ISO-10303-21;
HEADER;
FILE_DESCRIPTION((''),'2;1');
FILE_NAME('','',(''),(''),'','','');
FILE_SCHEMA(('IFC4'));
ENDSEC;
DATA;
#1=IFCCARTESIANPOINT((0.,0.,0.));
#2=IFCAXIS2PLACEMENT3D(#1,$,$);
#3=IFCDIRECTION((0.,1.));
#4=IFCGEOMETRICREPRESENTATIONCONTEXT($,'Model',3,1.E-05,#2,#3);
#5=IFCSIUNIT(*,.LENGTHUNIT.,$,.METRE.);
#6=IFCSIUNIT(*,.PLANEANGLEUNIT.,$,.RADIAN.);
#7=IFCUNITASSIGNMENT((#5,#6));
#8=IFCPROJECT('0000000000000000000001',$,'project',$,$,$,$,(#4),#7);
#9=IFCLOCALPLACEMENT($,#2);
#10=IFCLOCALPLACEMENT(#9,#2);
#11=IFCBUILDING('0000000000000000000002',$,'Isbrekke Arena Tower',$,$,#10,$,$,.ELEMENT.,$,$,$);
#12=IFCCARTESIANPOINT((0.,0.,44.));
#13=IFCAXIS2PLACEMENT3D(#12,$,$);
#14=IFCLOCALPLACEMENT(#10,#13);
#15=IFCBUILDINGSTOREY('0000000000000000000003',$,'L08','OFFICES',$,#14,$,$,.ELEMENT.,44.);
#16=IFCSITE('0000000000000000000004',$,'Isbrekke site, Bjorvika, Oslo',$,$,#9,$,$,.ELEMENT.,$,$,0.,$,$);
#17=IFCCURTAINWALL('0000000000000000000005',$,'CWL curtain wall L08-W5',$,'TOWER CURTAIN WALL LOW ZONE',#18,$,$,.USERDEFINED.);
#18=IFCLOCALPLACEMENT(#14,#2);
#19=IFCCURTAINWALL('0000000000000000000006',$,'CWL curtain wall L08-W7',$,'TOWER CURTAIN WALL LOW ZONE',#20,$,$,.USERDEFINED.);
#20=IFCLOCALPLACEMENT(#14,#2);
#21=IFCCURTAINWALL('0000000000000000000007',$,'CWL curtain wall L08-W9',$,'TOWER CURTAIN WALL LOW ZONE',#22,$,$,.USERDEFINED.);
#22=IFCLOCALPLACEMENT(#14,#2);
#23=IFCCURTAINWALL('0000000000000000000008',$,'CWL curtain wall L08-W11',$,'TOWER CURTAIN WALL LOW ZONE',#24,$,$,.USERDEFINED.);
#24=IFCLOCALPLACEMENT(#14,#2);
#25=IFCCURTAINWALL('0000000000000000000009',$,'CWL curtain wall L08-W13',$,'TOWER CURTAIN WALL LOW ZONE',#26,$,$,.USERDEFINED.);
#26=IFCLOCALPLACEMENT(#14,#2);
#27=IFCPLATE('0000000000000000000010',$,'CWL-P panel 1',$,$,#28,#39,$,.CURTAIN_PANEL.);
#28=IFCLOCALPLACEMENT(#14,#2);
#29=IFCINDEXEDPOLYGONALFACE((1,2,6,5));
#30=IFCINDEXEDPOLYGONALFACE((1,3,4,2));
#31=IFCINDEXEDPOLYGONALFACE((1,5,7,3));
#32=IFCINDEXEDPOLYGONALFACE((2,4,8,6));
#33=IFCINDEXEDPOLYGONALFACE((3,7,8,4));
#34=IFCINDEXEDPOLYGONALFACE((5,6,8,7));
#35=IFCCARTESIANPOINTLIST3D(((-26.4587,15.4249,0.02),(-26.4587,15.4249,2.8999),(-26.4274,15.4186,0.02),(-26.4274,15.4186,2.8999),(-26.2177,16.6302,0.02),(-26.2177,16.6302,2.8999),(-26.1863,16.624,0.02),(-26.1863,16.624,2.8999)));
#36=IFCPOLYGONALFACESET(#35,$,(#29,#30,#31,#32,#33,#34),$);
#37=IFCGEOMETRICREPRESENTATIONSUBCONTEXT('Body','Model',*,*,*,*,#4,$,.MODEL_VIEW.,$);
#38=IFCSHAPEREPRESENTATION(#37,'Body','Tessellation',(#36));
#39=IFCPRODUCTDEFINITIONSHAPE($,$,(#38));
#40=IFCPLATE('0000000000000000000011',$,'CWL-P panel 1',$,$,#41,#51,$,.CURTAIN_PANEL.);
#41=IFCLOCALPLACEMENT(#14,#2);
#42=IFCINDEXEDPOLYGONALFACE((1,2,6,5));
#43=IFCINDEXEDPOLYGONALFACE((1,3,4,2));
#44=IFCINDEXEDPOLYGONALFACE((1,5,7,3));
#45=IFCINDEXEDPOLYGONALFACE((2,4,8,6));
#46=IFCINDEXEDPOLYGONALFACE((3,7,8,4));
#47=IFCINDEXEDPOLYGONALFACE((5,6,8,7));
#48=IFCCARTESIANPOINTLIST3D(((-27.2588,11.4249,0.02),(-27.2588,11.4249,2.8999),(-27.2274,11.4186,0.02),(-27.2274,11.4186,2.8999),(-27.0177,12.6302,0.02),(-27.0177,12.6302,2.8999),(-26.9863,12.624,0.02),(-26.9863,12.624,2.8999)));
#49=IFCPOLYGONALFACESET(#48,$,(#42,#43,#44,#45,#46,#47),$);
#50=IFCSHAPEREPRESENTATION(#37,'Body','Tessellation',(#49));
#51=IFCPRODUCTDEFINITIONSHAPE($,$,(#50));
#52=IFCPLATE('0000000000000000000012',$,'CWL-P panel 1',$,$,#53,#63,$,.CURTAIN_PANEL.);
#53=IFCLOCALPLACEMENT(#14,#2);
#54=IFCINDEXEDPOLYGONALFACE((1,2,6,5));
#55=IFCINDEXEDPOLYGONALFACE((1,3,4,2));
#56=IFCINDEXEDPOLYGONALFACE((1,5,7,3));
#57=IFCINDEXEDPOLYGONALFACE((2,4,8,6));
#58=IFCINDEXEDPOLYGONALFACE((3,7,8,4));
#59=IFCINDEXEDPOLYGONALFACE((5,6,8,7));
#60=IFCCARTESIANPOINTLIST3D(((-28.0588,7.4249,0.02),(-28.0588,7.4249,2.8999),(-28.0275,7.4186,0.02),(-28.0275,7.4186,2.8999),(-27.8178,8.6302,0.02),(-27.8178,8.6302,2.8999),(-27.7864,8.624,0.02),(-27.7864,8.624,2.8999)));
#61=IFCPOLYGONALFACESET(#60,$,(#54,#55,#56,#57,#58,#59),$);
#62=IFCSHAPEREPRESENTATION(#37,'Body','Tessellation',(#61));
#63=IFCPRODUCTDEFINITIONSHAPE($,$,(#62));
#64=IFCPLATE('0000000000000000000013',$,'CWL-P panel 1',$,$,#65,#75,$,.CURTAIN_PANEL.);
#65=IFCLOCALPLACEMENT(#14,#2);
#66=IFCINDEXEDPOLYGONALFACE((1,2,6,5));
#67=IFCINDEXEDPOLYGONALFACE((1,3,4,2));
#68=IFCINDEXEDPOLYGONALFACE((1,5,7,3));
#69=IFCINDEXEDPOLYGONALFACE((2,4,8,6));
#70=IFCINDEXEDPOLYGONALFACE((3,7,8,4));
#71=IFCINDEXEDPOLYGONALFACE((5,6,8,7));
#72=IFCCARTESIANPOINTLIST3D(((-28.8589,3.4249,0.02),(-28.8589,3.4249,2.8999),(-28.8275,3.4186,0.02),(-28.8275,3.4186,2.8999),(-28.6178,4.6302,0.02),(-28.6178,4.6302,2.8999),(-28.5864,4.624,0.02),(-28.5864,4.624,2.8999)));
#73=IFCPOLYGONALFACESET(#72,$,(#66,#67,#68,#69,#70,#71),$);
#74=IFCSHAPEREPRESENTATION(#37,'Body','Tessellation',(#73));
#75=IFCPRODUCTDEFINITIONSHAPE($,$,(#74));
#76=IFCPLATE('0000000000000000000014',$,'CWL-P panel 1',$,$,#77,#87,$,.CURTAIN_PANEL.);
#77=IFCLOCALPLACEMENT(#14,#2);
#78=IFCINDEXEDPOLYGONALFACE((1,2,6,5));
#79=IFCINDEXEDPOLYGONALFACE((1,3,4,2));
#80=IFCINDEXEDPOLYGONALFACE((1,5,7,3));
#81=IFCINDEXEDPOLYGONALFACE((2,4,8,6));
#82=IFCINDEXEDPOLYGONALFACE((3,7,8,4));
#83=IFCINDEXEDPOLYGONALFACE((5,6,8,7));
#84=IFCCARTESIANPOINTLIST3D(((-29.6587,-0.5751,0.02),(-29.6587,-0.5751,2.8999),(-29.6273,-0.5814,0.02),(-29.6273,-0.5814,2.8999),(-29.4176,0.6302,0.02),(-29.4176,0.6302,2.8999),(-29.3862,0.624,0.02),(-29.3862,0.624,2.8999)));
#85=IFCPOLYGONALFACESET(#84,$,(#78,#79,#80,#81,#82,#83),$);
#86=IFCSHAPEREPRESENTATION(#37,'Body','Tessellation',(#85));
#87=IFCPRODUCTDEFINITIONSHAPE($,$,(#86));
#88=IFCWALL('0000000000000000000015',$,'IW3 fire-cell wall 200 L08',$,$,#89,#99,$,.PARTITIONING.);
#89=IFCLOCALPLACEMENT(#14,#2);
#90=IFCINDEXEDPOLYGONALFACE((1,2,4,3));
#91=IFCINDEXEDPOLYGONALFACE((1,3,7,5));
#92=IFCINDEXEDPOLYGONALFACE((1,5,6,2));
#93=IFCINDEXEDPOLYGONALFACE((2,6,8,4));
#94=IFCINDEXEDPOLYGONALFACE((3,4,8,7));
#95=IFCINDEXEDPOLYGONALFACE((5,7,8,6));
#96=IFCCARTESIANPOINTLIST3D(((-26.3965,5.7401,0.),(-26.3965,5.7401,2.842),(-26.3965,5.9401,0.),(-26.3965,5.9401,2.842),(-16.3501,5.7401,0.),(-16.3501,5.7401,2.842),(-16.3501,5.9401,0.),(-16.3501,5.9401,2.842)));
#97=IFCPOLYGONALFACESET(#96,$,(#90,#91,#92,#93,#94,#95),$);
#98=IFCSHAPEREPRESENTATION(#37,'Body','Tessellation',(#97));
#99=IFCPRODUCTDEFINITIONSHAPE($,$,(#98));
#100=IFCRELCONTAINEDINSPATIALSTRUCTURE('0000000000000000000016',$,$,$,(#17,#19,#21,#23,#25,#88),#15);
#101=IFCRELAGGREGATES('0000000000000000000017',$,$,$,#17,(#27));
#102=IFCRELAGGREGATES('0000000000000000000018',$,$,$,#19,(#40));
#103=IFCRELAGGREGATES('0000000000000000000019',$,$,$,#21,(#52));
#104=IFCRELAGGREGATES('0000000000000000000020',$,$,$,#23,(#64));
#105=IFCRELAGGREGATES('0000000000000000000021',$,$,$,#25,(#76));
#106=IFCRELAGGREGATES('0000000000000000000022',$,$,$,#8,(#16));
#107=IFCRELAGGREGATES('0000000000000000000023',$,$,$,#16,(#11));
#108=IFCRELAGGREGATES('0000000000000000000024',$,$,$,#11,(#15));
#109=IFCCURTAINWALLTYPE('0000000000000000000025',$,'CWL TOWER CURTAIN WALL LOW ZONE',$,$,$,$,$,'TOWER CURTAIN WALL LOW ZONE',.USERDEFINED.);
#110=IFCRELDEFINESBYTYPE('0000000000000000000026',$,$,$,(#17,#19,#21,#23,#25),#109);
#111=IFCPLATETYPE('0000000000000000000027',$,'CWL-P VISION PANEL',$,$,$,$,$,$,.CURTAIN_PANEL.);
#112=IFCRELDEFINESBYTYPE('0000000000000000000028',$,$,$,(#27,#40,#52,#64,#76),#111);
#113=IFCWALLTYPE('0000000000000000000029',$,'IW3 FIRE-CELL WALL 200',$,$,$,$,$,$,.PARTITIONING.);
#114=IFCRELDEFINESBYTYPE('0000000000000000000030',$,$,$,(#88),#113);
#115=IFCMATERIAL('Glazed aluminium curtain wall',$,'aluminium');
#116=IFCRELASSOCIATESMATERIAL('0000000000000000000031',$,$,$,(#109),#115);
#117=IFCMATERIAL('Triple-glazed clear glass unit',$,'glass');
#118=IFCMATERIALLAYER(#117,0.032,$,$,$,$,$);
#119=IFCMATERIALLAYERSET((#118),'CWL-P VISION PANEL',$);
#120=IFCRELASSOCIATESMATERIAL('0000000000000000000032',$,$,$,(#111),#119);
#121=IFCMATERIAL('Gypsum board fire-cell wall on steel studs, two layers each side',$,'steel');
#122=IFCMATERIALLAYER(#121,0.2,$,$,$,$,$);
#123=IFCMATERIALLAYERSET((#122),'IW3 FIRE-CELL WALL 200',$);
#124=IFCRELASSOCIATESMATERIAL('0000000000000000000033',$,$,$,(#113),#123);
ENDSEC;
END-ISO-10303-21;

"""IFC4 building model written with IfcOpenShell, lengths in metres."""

from ifc_helpers import new_model, si_unit, direction, frame, frame_2d, origin, origin_2d, place, context, subcontext, project, spatial, rectangle, extrude, material, layer, layer_set, type_object, element, aggregate, save


model = new_model("IFC4")

# Units and contexts
model_context = context("Model", 3, precision=1e-05, world=origin(), true_north=direction((0.0, 1.0)))
body_context = subcontext(model_context, "Body", "Model", "MODEL_VIEW")
ifc_project = project(units=[si_unit("LENGTHUNIT", "METRE"), si_unit("PLANEANGLEUNIT", "RADIAN")], contexts=[model_context])

# Site, building, storey
site_placement = place(None, origin())
site = spatial("IfcSite", under=ifc_project, at=site_placement, Name="Isbrekke site, Bjorvika, Oslo", CompositionType="ELEMENT", RefElevation=0.0)
building_placement = place(site_placement, origin())
building = spatial("IfcBuilding", under=site, at=building_placement, Name="Isbrekke Arena Tower", CompositionType="ELEMENT")
storey_placement = place(building_placement, frame((0.0, 0.0, 44.0)))
storey = spatial("IfcBuildingStorey", under=building, at=storey_placement, Name="L08", Description="OFFICES", CompositionType="ELEMENT", Elevation=44.0)

# Curtain walls
ifc_material_1 = material(Name="Glazed aluminium curtain wall", Category="aluminium")
curtain_wall_type = type_object("IfcCurtainWallType", Name="CWL TOWER CURTAIN WALL LOW ZONE", ElementType="TOWER CURTAIN WALL LOW ZONE", PredefinedType="USERDEFINED", material=ifc_material_1)
curtain_wall_1_placement = place(storey_placement, origin())
curtain_wall_1 = element("IfcCurtainWall", 1, at=curtain_wall_1_placement, inside=storey, type_object=curtain_wall_type, Name="CWL curtain wall L08-W5", ObjectType="TOWER CURTAIN WALL LOW ZONE", PredefinedType="USERDEFINED")
curtain_wall_2_placement = place(storey_placement, origin())
curtain_wall_2 = element("IfcCurtainWall", 2, at=curtain_wall_2_placement, inside=storey, type_object=curtain_wall_type, Name="CWL curtain wall L08-W7", ObjectType="TOWER CURTAIN WALL LOW ZONE", PredefinedType="USERDEFINED")
curtain_wall_3_placement = place(storey_placement, origin())
curtain_wall_3 = element("IfcCurtainWall", 3, at=curtain_wall_3_placement, inside=storey, type_object=curtain_wall_type, Name="CWL curtain wall L08-W9", ObjectType="TOWER CURTAIN WALL LOW ZONE", PredefinedType="USERDEFINED")
curtain_wall_4_placement = place(storey_placement, origin())
curtain_wall_4 = element("IfcCurtainWall", 4, at=curtain_wall_4_placement, inside=storey, type_object=curtain_wall_type, Name="CWL curtain wall L08-W11", ObjectType="TOWER CURTAIN WALL LOW ZONE", PredefinedType="USERDEFINED")
curtain_wall_5_placement = place(storey_placement, origin())
curtain_wall_5 = element("IfcCurtainWall", 5, at=curtain_wall_5_placement, inside=storey, type_object=curtain_wall_type, Name="CWL curtain wall L08-W13", ObjectType="TOWER CURTAIN WALL LOW ZONE", PredefinedType="USERDEFINED")

# Plates
ifc_material_2 = material(Name="Triple-glazed clear glass unit", Category="glass")
ifc_layer_1 = layer(ifc_material_2, 0.032)
ifc_layer_set_1 = layer_set([ifc_layer_1], Name="CWL-P VISION PANEL")
plate_type = type_object("IfcPlateType", Name="CWL-P VISION PANEL", PredefinedType="CURTAIN_PANEL", material=ifc_layer_set_1)
plate_1_placement = place(storey_placement, frame((-26.3225, 16.0244, 0.02), z_axis=(0.0, 0.0, 1.0), x_axis=(-0.196116, -0.980581, 0.0)))
plate_1 = element("IfcPlate", 6, at=plate_1_placement, type_object=plate_type, Name="CWL-P panel 1", PredefinedType="CURTAIN_PANEL", context=body_context, shape_type="SweptSolid", body=[
    extrude(rectangle(XDim=1.2292, YDim=0.032, at=origin_2d()), origin(), (0.0, 0.0, 1.0), 2.8799),
])
aggregate(curtain_wall_1, [plate_1])
plate_2_placement = place(storey_placement, frame((-27.1226, 12.0244, 0.02), z_axis=(0.0, 0.0, 1.0), x_axis=(-0.196116, -0.980581, 0.0)))
plate_2 = element("IfcPlate", 7, at=plate_2_placement, type_object=plate_type, Name="CWL-P panel 1", PredefinedType="CURTAIN_PANEL", context=body_context, shape_type="SweptSolid", body=[
    extrude(rectangle(XDim=1.2292, YDim=0.032, at=origin_2d()), origin(), (0.0, 0.0, 1.0), 2.8799),
])
aggregate(curtain_wall_2, [plate_2])
plate_3_placement = place(storey_placement, frame((-27.9226, 8.0244, 0.02), z_axis=(0.0, 0.0, 1.0), x_axis=(-0.196116, -0.980581, 0.0)))
plate_3 = element("IfcPlate", 8, at=plate_3_placement, type_object=plate_type, Name="CWL-P panel 1", PredefinedType="CURTAIN_PANEL", context=body_context, shape_type="SweptSolid", body=[
    extrude(rectangle(XDim=1.2292, YDim=0.032, at=origin_2d()), origin(), (0.0, 0.0, 1.0), 2.8799),
])
aggregate(curtain_wall_3, [plate_3])
plate_4_placement = place(storey_placement, frame((-28.7227, 4.0244, 0.02), z_axis=(0.0, 0.0, 1.0), x_axis=(-0.196116, -0.980581, 0.0)))
plate_4 = element("IfcPlate", 9, at=plate_4_placement, type_object=plate_type, Name="CWL-P panel 1", PredefinedType="CURTAIN_PANEL", context=body_context, shape_type="SweptSolid", body=[
    extrude(rectangle(XDim=1.2292, YDim=0.032, at=origin_2d()), origin(), (0.0, 0.0, 1.0), 2.8799),
])
aggregate(curtain_wall_4, [plate_4])
plate_5_placement = place(storey_placement, frame((-29.5225, 0.0244, 0.02), z_axis=(0.0, 0.0, 1.0), x_axis=(-0.196116, -0.980581, 0.0)))
plate_5 = element("IfcPlate", 10, at=plate_5_placement, type_object=plate_type, Name="CWL-P panel 1", PredefinedType="CURTAIN_PANEL", context=body_context, shape_type="SweptSolid", body=[
    extrude(rectangle(XDim=1.2292, YDim=0.032, at=origin_2d()), origin(), (0.0, 0.0, 1.0), 2.8799),
])
aggregate(curtain_wall_5, [plate_5])

# Wall
ifc_material_3 = material(Name="Gypsum board fire-cell wall on steel studs, two layers each side", Category="steel")
ifc_layer_2 = layer(ifc_material_3, 0.2)
ifc_layer_set_2 = layer_set([ifc_layer_2], Name="IW3 FIRE-CELL WALL 200")
wall_type = type_object("IfcWallType", Name="IW3 FIRE-CELL WALL 200", PredefinedType="PARTITIONING", material=ifc_layer_set_2)
wall_placement = place(storey_placement, frame((-26.3965, 5.8401, 0.0), z_axis=(0.0, 0.0, 1.0), x_axis=(1.0, 0.0, 0.0)))
element("IfcWall", 11, at=wall_placement, inside=storey, type_object=wall_type, Name="IW3 fire-cell wall 200 L08", PredefinedType="PARTITIONING", context=body_context, shape_type="SweptSolid", body=[
    extrude(rectangle(XDim=10.0464, YDim=0.2, at=frame_2d((5.0232, 0.0))), origin(), (0.0, 0.0, 1.0), 2.842),
])

save(model, "model.ifc")
